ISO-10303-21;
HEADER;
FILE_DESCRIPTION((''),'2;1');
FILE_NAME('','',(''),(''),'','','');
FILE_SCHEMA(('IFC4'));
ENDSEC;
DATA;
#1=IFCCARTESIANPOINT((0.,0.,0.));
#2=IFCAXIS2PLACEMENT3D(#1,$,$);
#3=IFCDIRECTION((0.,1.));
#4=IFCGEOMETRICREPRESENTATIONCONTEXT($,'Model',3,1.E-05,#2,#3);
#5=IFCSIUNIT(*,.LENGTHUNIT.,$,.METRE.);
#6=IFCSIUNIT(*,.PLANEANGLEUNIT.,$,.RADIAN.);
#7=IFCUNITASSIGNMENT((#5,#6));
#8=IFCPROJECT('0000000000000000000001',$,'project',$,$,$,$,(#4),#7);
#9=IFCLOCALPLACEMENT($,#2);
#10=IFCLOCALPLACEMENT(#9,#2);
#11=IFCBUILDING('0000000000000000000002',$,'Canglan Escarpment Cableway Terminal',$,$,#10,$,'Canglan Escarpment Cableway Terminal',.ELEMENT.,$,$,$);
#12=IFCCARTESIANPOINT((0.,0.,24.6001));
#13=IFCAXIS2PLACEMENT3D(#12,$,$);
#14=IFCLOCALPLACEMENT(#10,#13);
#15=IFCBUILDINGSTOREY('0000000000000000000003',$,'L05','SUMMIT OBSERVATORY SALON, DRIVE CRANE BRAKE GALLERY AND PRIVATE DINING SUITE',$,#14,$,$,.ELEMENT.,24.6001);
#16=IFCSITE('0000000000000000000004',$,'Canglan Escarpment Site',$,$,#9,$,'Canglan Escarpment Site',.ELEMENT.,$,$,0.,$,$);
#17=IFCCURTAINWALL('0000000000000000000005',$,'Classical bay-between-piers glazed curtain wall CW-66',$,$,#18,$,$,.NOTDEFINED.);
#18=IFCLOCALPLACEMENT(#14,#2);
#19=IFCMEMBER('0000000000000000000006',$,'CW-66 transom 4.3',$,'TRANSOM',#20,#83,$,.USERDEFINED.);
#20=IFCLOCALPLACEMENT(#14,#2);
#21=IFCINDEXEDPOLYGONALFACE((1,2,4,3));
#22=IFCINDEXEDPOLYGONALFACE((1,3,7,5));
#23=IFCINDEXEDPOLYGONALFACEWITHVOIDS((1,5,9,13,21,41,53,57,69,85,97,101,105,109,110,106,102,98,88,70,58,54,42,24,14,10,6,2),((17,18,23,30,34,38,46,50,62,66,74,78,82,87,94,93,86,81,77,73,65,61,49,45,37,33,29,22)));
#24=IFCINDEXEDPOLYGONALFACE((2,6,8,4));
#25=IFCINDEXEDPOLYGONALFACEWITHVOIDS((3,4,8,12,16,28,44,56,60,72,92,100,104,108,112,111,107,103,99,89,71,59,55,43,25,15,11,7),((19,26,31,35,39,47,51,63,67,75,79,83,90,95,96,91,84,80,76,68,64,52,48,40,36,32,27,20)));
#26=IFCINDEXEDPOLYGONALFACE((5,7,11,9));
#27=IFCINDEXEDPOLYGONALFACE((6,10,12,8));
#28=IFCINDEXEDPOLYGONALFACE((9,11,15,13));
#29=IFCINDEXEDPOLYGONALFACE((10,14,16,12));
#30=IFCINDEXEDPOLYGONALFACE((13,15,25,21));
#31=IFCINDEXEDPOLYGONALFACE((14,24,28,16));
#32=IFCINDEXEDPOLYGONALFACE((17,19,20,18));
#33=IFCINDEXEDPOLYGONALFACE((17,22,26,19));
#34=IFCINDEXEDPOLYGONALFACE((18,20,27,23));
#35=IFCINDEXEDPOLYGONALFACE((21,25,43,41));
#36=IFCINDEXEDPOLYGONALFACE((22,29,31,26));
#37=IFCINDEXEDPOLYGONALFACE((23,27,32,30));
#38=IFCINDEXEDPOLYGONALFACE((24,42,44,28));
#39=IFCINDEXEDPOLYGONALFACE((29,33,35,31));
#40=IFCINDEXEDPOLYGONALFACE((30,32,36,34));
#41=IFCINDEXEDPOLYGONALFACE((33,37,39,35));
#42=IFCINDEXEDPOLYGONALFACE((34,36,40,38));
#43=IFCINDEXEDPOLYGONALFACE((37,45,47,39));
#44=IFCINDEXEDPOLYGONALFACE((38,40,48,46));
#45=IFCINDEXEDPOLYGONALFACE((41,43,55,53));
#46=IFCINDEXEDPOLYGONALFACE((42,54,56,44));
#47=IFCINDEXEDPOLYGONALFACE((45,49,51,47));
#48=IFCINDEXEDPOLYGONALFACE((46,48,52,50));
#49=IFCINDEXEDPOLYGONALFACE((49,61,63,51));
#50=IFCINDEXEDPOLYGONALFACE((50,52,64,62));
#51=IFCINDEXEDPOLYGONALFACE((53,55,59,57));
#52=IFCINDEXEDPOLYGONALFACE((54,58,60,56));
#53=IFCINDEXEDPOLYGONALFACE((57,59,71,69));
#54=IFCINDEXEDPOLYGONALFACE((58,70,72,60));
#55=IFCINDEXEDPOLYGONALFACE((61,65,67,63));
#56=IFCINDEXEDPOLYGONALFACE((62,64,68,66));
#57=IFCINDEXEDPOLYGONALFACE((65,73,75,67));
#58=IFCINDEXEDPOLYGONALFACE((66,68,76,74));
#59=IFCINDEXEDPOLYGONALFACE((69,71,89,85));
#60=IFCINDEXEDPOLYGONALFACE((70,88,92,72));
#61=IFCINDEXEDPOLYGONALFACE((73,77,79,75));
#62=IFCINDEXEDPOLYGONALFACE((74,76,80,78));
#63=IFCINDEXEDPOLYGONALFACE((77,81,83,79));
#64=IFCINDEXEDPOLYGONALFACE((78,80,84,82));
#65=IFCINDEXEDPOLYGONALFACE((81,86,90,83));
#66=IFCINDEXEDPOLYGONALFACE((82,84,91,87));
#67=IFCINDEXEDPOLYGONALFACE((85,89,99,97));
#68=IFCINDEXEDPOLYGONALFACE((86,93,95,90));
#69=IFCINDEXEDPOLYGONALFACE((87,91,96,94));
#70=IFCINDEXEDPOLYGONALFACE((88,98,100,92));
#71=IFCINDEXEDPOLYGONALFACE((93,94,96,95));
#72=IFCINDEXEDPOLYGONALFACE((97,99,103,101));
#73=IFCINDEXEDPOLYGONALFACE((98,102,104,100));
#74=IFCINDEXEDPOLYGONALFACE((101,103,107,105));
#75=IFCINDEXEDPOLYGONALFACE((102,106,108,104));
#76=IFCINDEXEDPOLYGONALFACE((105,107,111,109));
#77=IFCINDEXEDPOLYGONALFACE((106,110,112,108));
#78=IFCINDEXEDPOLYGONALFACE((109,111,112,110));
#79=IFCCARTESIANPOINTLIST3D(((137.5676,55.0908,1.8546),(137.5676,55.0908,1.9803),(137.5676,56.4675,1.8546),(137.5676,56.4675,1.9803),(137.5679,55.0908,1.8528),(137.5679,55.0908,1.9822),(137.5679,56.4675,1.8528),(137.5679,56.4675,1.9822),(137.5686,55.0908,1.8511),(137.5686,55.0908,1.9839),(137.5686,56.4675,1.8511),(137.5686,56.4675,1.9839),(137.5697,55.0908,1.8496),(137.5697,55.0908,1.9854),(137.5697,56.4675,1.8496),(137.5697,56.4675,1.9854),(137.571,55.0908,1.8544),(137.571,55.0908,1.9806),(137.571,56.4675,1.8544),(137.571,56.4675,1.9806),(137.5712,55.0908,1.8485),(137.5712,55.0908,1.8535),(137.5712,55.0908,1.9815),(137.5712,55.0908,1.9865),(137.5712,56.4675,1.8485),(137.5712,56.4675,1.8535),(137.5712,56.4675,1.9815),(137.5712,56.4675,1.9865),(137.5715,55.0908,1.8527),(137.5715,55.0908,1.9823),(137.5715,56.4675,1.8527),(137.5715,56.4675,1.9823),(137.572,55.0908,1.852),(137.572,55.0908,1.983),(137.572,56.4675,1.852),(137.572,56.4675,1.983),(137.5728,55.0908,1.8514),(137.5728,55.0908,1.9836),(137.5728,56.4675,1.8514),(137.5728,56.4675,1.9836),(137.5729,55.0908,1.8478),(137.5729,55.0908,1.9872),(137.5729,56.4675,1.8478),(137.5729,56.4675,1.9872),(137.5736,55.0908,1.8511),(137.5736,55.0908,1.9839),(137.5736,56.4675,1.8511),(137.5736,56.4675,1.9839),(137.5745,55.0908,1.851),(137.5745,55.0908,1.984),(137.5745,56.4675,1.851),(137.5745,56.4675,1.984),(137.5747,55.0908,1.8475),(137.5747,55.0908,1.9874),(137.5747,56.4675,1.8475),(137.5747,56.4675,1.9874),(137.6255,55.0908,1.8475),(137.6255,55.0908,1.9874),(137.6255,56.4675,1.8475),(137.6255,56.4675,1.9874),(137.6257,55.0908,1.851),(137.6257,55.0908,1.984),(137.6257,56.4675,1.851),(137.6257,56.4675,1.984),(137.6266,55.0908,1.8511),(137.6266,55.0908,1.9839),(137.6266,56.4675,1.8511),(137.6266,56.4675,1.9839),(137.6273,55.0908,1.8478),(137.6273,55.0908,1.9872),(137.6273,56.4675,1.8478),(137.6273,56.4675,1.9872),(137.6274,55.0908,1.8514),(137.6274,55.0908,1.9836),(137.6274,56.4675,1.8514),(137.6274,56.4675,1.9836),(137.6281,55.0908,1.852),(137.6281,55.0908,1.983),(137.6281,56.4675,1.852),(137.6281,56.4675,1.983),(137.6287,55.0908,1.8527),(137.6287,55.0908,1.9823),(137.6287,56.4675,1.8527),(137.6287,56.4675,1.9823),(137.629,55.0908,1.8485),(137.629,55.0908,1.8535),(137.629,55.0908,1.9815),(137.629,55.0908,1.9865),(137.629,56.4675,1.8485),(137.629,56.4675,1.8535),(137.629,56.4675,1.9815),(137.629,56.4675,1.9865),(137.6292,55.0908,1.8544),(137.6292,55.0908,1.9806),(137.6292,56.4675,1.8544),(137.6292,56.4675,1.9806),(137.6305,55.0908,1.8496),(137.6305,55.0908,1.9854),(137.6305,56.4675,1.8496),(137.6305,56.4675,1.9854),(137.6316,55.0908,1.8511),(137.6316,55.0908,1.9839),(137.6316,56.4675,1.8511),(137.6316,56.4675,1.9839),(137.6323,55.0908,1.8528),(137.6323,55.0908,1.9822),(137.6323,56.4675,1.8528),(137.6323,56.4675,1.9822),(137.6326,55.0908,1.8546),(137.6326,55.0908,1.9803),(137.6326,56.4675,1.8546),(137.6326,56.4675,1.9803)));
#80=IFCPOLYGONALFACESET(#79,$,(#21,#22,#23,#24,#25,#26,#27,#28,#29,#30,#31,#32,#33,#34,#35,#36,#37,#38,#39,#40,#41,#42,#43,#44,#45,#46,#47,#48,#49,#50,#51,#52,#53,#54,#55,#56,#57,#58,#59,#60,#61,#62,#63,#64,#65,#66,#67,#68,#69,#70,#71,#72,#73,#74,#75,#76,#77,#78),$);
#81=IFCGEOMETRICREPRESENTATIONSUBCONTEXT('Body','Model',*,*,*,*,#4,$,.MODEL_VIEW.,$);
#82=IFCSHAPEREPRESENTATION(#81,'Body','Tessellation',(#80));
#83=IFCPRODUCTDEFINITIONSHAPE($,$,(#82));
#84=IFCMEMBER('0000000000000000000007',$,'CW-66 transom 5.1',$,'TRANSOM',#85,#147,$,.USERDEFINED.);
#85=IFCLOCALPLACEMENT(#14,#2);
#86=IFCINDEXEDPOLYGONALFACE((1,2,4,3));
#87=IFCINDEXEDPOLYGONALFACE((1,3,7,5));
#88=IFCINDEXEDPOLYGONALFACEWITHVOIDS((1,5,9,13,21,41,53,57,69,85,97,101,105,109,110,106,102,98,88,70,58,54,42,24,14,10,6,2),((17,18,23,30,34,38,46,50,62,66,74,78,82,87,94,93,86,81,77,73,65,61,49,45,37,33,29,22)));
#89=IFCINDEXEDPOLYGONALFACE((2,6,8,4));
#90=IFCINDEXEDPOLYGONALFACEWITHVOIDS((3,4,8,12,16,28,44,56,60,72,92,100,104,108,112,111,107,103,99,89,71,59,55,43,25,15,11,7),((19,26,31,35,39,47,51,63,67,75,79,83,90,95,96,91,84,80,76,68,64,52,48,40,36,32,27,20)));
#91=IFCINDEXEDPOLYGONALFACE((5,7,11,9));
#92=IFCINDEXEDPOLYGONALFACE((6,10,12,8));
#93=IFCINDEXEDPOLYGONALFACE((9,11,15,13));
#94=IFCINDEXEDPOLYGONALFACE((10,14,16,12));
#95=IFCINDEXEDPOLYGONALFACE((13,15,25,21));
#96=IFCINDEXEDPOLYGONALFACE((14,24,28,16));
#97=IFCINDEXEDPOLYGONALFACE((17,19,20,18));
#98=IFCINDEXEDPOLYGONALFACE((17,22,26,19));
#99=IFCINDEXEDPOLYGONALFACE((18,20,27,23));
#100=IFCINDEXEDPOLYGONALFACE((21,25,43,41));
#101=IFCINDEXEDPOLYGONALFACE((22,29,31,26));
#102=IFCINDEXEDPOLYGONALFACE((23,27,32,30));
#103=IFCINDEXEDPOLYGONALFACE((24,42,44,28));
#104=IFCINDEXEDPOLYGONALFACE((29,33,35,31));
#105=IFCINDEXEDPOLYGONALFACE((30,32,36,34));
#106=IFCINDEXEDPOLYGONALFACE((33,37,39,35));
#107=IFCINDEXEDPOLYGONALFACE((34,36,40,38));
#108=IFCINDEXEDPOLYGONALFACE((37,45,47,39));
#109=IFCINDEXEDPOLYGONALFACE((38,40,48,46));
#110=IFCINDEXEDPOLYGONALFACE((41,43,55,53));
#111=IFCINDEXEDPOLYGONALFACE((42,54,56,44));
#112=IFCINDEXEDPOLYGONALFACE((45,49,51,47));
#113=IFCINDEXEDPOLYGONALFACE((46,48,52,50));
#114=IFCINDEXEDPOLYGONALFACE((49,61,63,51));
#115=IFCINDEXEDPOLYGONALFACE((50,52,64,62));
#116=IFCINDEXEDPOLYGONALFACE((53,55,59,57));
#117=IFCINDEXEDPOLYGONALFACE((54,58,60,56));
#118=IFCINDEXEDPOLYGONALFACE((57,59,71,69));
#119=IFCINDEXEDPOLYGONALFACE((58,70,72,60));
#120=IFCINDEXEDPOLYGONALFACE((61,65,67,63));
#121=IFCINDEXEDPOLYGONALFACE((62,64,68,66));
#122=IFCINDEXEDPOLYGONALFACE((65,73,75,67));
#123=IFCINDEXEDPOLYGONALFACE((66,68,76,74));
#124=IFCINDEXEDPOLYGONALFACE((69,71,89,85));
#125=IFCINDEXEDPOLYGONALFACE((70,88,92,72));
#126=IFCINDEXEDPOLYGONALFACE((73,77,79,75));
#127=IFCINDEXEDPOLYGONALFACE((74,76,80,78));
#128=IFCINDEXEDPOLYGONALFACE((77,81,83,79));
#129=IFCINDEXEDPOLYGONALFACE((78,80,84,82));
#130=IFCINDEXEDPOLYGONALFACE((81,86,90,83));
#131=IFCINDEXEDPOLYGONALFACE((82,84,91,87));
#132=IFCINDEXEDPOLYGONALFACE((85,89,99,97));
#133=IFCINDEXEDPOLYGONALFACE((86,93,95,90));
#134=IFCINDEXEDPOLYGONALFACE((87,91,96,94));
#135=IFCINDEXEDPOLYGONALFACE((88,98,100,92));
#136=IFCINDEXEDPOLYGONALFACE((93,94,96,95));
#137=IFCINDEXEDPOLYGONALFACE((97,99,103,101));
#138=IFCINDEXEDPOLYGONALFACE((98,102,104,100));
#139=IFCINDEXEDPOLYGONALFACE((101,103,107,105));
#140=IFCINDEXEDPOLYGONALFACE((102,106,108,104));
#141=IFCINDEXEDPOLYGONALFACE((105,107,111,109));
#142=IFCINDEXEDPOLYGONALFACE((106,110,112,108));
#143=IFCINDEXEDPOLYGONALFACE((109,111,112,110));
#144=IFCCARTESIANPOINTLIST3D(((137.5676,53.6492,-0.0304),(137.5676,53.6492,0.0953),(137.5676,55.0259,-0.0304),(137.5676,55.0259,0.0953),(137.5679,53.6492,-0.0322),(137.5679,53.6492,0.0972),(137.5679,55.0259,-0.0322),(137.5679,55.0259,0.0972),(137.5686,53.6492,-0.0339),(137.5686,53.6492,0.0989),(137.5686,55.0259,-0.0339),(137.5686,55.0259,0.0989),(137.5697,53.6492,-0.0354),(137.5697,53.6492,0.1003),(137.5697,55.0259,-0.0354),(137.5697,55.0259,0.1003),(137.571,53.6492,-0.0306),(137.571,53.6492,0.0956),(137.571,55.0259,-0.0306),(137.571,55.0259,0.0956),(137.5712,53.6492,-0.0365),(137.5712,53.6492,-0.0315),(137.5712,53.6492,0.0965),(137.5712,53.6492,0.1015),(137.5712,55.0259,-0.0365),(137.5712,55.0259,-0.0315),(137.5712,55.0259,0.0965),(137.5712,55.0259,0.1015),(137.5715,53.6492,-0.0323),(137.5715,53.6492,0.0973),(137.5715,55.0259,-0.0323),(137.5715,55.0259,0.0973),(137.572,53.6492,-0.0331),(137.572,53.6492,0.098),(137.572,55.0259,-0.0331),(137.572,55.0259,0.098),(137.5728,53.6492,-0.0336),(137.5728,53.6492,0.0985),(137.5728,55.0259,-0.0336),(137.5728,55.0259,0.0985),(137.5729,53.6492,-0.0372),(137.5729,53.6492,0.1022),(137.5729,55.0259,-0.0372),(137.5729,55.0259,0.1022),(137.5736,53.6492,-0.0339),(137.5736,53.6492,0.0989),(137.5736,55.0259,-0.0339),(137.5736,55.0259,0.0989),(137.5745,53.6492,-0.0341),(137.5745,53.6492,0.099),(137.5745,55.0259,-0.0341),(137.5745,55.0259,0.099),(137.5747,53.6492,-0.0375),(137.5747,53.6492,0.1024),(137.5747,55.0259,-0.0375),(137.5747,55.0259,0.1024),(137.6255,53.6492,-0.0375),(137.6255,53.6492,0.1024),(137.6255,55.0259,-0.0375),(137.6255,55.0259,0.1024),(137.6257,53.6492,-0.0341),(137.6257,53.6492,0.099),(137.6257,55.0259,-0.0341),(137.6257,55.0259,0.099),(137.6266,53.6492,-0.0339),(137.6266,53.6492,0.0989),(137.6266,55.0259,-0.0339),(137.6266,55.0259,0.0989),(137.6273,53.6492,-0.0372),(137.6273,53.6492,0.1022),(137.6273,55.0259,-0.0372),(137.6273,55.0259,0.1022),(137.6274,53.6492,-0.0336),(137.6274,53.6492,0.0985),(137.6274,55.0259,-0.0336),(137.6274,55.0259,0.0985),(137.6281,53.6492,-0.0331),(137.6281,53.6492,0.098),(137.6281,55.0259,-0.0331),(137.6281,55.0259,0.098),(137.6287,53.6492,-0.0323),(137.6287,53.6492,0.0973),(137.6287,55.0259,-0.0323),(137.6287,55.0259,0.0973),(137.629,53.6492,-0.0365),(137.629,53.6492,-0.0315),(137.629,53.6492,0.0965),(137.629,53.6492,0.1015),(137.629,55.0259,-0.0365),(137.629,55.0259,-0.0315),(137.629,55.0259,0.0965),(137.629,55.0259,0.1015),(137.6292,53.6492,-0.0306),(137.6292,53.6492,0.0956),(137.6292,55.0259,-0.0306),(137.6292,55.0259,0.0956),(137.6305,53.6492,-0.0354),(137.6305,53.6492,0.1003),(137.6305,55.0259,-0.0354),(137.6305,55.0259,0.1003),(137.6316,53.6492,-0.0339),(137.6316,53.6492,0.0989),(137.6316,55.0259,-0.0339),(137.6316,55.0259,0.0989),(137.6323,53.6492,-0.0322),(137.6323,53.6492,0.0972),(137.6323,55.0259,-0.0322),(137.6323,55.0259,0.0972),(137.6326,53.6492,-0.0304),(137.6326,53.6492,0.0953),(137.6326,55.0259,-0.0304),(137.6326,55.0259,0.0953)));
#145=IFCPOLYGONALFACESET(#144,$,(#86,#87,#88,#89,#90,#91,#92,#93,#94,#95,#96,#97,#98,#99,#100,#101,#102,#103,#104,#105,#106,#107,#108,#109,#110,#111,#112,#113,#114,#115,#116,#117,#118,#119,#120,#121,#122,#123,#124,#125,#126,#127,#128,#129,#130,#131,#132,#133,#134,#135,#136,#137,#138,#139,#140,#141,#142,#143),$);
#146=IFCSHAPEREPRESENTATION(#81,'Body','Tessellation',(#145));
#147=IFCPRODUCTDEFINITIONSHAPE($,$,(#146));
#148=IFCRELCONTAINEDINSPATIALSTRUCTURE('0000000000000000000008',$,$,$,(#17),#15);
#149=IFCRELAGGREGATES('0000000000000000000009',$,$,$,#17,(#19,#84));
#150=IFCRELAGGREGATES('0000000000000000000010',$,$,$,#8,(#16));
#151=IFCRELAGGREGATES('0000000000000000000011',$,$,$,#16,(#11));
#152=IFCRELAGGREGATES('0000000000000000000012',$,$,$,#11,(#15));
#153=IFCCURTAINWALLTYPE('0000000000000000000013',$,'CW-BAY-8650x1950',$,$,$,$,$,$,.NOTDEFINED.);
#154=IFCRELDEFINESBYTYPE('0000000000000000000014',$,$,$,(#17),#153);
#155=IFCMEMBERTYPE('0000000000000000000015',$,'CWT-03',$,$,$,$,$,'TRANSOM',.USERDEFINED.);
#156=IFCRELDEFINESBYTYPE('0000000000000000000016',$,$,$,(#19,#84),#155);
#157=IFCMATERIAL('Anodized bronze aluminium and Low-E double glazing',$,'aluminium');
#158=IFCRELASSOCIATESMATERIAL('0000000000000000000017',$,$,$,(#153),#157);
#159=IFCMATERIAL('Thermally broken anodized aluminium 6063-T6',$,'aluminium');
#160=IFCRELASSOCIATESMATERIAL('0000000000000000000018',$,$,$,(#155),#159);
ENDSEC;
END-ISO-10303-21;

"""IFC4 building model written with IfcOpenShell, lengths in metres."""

from ifc_helpers import new_model, si_unit, direction, frame, origin, origin_2d, place, context, subcontext, project, spatial, hollow_rectangle, extrude, material, material_profile, profile_set, type_object, element, aggregate, save


model = new_model("IFC4")

# Units and contexts
model_context = context("Model", 3, precision=1e-05, world=origin(), true_north=direction((0.0, 1.0)))
body_context = subcontext(model_context, "Body", "Model", "MODEL_VIEW")
ifc_project = project(units=[si_unit("LENGTHUNIT", "METRE"), si_unit("PLANEANGLEUNIT", "RADIAN")], contexts=[model_context])

# Site, building, storey
site_placement = place(None, origin())
site = spatial("IfcSite", under=ifc_project, at=site_placement, Name="Canglan Escarpment Site", LongName="Canglan Escarpment Site", CompositionType="ELEMENT", RefElevation=0.0)
building_placement = place(site_placement, origin())
building = spatial("IfcBuilding", under=site, at=building_placement, Name="Canglan Escarpment Cableway Terminal", LongName="Canglan Escarpment Cableway Terminal", CompositionType="ELEMENT")
storey_placement = place(building_placement, frame((0.0, 0.0, 24.6001)))
storey = spatial("IfcBuildingStorey", under=building, at=storey_placement, Name="L05", Description="SUMMIT OBSERVATORY SALON, DRIVE CRANE BRAKE GALLERY AND PRIVATE DINING SUITE", CompositionType="ELEMENT", Elevation=24.6001)

# Curtain wall, members
ifc_material_1 = material(Name="Anodized bronze aluminium and Low-E double glazing", Category="aluminium")
curtain_wall_type = type_object("IfcCurtainWallType", Name="CW-BAY-8650x1950", PredefinedType="NOTDEFINED", material=ifc_material_1)
curtain_wall_placement = place(storey_placement, origin())
curtain_wall = element("IfcCurtainWall", 1, at=curtain_wall_placement, inside=storey, type_object=curtain_wall_type, Name="Classical bay-between-piers glazed curtain wall CW-66", PredefinedType="NOTDEFINED")
ifc_material_2 = material(Name="Thermally broken anodized aluminium 6063-T6", Category="aluminium")
ifc_material_profile_1 = material_profile(ifc_material_2, hollow_rectangle(XDim=0.0649, YDim=0.1399, WallThickness=0.0034, InnerFilletRadius=0.0034, OuterFilletRadius=0.0071, at=origin_2d()), Name="ALU-TRAN 65x140x3.5")
ifc_profile_set_1 = profile_set([ifc_material_profile_1], Name="Thermally broken anodized aluminium 6063-T6")
member_type_1 = type_object("IfcMemberType", Name="CWT-03", ElementType="TRANSOM", PredefinedType="USERDEFINED", material=ifc_profile_set_1)
member_1_placement = place(storey_placement, frame((137.6001, 56.4675, 1.9175), z_axis=(0.0, -1.0, 0.0), x_axis=(1.0, 0.0, 0.0)))
member_1 = element("IfcMember", 2, at=member_1_placement, type_object=member_type_1, Name="CW-66 transom 4.3", ObjectType="TRANSOM", PredefinedType="USERDEFINED", context=body_context, shape_type="SweptSolid", body=[
    extrude(hollow_rectangle(XDim=0.0649, YDim=0.1399, WallThickness=0.0034, InnerFilletRadius=0.0034, OuterFilletRadius=0.0071, at=origin_2d()), origin(), (0.0, 0.0, 1.0), 1.3767),
])
member_2_placement = place(storey_placement, frame((137.6001, 55.0259, 0.0325), z_axis=(0.0, -1.0, 0.0), x_axis=(1.0, 0.0, 0.0)))
member_2 = element("IfcMember", 3, at=member_2_placement, type_object=member_type_1, Name="CW-66 transom 5.1", ObjectType="TRANSOM", PredefinedType="USERDEFINED", context=body_context, shape_type="SweptSolid", body=[
    extrude(hollow_rectangle(XDim=0.0649, YDim=0.1399, WallThickness=0.0034, InnerFilletRadius=0.0034, OuterFilletRadius=0.0071, at=origin_2d()), origin(), (0.0, 0.0, 1.0), 1.3767),
])

aggregate(curtain_wall, [member_1, member_2])

save(model, "model.ifc")
